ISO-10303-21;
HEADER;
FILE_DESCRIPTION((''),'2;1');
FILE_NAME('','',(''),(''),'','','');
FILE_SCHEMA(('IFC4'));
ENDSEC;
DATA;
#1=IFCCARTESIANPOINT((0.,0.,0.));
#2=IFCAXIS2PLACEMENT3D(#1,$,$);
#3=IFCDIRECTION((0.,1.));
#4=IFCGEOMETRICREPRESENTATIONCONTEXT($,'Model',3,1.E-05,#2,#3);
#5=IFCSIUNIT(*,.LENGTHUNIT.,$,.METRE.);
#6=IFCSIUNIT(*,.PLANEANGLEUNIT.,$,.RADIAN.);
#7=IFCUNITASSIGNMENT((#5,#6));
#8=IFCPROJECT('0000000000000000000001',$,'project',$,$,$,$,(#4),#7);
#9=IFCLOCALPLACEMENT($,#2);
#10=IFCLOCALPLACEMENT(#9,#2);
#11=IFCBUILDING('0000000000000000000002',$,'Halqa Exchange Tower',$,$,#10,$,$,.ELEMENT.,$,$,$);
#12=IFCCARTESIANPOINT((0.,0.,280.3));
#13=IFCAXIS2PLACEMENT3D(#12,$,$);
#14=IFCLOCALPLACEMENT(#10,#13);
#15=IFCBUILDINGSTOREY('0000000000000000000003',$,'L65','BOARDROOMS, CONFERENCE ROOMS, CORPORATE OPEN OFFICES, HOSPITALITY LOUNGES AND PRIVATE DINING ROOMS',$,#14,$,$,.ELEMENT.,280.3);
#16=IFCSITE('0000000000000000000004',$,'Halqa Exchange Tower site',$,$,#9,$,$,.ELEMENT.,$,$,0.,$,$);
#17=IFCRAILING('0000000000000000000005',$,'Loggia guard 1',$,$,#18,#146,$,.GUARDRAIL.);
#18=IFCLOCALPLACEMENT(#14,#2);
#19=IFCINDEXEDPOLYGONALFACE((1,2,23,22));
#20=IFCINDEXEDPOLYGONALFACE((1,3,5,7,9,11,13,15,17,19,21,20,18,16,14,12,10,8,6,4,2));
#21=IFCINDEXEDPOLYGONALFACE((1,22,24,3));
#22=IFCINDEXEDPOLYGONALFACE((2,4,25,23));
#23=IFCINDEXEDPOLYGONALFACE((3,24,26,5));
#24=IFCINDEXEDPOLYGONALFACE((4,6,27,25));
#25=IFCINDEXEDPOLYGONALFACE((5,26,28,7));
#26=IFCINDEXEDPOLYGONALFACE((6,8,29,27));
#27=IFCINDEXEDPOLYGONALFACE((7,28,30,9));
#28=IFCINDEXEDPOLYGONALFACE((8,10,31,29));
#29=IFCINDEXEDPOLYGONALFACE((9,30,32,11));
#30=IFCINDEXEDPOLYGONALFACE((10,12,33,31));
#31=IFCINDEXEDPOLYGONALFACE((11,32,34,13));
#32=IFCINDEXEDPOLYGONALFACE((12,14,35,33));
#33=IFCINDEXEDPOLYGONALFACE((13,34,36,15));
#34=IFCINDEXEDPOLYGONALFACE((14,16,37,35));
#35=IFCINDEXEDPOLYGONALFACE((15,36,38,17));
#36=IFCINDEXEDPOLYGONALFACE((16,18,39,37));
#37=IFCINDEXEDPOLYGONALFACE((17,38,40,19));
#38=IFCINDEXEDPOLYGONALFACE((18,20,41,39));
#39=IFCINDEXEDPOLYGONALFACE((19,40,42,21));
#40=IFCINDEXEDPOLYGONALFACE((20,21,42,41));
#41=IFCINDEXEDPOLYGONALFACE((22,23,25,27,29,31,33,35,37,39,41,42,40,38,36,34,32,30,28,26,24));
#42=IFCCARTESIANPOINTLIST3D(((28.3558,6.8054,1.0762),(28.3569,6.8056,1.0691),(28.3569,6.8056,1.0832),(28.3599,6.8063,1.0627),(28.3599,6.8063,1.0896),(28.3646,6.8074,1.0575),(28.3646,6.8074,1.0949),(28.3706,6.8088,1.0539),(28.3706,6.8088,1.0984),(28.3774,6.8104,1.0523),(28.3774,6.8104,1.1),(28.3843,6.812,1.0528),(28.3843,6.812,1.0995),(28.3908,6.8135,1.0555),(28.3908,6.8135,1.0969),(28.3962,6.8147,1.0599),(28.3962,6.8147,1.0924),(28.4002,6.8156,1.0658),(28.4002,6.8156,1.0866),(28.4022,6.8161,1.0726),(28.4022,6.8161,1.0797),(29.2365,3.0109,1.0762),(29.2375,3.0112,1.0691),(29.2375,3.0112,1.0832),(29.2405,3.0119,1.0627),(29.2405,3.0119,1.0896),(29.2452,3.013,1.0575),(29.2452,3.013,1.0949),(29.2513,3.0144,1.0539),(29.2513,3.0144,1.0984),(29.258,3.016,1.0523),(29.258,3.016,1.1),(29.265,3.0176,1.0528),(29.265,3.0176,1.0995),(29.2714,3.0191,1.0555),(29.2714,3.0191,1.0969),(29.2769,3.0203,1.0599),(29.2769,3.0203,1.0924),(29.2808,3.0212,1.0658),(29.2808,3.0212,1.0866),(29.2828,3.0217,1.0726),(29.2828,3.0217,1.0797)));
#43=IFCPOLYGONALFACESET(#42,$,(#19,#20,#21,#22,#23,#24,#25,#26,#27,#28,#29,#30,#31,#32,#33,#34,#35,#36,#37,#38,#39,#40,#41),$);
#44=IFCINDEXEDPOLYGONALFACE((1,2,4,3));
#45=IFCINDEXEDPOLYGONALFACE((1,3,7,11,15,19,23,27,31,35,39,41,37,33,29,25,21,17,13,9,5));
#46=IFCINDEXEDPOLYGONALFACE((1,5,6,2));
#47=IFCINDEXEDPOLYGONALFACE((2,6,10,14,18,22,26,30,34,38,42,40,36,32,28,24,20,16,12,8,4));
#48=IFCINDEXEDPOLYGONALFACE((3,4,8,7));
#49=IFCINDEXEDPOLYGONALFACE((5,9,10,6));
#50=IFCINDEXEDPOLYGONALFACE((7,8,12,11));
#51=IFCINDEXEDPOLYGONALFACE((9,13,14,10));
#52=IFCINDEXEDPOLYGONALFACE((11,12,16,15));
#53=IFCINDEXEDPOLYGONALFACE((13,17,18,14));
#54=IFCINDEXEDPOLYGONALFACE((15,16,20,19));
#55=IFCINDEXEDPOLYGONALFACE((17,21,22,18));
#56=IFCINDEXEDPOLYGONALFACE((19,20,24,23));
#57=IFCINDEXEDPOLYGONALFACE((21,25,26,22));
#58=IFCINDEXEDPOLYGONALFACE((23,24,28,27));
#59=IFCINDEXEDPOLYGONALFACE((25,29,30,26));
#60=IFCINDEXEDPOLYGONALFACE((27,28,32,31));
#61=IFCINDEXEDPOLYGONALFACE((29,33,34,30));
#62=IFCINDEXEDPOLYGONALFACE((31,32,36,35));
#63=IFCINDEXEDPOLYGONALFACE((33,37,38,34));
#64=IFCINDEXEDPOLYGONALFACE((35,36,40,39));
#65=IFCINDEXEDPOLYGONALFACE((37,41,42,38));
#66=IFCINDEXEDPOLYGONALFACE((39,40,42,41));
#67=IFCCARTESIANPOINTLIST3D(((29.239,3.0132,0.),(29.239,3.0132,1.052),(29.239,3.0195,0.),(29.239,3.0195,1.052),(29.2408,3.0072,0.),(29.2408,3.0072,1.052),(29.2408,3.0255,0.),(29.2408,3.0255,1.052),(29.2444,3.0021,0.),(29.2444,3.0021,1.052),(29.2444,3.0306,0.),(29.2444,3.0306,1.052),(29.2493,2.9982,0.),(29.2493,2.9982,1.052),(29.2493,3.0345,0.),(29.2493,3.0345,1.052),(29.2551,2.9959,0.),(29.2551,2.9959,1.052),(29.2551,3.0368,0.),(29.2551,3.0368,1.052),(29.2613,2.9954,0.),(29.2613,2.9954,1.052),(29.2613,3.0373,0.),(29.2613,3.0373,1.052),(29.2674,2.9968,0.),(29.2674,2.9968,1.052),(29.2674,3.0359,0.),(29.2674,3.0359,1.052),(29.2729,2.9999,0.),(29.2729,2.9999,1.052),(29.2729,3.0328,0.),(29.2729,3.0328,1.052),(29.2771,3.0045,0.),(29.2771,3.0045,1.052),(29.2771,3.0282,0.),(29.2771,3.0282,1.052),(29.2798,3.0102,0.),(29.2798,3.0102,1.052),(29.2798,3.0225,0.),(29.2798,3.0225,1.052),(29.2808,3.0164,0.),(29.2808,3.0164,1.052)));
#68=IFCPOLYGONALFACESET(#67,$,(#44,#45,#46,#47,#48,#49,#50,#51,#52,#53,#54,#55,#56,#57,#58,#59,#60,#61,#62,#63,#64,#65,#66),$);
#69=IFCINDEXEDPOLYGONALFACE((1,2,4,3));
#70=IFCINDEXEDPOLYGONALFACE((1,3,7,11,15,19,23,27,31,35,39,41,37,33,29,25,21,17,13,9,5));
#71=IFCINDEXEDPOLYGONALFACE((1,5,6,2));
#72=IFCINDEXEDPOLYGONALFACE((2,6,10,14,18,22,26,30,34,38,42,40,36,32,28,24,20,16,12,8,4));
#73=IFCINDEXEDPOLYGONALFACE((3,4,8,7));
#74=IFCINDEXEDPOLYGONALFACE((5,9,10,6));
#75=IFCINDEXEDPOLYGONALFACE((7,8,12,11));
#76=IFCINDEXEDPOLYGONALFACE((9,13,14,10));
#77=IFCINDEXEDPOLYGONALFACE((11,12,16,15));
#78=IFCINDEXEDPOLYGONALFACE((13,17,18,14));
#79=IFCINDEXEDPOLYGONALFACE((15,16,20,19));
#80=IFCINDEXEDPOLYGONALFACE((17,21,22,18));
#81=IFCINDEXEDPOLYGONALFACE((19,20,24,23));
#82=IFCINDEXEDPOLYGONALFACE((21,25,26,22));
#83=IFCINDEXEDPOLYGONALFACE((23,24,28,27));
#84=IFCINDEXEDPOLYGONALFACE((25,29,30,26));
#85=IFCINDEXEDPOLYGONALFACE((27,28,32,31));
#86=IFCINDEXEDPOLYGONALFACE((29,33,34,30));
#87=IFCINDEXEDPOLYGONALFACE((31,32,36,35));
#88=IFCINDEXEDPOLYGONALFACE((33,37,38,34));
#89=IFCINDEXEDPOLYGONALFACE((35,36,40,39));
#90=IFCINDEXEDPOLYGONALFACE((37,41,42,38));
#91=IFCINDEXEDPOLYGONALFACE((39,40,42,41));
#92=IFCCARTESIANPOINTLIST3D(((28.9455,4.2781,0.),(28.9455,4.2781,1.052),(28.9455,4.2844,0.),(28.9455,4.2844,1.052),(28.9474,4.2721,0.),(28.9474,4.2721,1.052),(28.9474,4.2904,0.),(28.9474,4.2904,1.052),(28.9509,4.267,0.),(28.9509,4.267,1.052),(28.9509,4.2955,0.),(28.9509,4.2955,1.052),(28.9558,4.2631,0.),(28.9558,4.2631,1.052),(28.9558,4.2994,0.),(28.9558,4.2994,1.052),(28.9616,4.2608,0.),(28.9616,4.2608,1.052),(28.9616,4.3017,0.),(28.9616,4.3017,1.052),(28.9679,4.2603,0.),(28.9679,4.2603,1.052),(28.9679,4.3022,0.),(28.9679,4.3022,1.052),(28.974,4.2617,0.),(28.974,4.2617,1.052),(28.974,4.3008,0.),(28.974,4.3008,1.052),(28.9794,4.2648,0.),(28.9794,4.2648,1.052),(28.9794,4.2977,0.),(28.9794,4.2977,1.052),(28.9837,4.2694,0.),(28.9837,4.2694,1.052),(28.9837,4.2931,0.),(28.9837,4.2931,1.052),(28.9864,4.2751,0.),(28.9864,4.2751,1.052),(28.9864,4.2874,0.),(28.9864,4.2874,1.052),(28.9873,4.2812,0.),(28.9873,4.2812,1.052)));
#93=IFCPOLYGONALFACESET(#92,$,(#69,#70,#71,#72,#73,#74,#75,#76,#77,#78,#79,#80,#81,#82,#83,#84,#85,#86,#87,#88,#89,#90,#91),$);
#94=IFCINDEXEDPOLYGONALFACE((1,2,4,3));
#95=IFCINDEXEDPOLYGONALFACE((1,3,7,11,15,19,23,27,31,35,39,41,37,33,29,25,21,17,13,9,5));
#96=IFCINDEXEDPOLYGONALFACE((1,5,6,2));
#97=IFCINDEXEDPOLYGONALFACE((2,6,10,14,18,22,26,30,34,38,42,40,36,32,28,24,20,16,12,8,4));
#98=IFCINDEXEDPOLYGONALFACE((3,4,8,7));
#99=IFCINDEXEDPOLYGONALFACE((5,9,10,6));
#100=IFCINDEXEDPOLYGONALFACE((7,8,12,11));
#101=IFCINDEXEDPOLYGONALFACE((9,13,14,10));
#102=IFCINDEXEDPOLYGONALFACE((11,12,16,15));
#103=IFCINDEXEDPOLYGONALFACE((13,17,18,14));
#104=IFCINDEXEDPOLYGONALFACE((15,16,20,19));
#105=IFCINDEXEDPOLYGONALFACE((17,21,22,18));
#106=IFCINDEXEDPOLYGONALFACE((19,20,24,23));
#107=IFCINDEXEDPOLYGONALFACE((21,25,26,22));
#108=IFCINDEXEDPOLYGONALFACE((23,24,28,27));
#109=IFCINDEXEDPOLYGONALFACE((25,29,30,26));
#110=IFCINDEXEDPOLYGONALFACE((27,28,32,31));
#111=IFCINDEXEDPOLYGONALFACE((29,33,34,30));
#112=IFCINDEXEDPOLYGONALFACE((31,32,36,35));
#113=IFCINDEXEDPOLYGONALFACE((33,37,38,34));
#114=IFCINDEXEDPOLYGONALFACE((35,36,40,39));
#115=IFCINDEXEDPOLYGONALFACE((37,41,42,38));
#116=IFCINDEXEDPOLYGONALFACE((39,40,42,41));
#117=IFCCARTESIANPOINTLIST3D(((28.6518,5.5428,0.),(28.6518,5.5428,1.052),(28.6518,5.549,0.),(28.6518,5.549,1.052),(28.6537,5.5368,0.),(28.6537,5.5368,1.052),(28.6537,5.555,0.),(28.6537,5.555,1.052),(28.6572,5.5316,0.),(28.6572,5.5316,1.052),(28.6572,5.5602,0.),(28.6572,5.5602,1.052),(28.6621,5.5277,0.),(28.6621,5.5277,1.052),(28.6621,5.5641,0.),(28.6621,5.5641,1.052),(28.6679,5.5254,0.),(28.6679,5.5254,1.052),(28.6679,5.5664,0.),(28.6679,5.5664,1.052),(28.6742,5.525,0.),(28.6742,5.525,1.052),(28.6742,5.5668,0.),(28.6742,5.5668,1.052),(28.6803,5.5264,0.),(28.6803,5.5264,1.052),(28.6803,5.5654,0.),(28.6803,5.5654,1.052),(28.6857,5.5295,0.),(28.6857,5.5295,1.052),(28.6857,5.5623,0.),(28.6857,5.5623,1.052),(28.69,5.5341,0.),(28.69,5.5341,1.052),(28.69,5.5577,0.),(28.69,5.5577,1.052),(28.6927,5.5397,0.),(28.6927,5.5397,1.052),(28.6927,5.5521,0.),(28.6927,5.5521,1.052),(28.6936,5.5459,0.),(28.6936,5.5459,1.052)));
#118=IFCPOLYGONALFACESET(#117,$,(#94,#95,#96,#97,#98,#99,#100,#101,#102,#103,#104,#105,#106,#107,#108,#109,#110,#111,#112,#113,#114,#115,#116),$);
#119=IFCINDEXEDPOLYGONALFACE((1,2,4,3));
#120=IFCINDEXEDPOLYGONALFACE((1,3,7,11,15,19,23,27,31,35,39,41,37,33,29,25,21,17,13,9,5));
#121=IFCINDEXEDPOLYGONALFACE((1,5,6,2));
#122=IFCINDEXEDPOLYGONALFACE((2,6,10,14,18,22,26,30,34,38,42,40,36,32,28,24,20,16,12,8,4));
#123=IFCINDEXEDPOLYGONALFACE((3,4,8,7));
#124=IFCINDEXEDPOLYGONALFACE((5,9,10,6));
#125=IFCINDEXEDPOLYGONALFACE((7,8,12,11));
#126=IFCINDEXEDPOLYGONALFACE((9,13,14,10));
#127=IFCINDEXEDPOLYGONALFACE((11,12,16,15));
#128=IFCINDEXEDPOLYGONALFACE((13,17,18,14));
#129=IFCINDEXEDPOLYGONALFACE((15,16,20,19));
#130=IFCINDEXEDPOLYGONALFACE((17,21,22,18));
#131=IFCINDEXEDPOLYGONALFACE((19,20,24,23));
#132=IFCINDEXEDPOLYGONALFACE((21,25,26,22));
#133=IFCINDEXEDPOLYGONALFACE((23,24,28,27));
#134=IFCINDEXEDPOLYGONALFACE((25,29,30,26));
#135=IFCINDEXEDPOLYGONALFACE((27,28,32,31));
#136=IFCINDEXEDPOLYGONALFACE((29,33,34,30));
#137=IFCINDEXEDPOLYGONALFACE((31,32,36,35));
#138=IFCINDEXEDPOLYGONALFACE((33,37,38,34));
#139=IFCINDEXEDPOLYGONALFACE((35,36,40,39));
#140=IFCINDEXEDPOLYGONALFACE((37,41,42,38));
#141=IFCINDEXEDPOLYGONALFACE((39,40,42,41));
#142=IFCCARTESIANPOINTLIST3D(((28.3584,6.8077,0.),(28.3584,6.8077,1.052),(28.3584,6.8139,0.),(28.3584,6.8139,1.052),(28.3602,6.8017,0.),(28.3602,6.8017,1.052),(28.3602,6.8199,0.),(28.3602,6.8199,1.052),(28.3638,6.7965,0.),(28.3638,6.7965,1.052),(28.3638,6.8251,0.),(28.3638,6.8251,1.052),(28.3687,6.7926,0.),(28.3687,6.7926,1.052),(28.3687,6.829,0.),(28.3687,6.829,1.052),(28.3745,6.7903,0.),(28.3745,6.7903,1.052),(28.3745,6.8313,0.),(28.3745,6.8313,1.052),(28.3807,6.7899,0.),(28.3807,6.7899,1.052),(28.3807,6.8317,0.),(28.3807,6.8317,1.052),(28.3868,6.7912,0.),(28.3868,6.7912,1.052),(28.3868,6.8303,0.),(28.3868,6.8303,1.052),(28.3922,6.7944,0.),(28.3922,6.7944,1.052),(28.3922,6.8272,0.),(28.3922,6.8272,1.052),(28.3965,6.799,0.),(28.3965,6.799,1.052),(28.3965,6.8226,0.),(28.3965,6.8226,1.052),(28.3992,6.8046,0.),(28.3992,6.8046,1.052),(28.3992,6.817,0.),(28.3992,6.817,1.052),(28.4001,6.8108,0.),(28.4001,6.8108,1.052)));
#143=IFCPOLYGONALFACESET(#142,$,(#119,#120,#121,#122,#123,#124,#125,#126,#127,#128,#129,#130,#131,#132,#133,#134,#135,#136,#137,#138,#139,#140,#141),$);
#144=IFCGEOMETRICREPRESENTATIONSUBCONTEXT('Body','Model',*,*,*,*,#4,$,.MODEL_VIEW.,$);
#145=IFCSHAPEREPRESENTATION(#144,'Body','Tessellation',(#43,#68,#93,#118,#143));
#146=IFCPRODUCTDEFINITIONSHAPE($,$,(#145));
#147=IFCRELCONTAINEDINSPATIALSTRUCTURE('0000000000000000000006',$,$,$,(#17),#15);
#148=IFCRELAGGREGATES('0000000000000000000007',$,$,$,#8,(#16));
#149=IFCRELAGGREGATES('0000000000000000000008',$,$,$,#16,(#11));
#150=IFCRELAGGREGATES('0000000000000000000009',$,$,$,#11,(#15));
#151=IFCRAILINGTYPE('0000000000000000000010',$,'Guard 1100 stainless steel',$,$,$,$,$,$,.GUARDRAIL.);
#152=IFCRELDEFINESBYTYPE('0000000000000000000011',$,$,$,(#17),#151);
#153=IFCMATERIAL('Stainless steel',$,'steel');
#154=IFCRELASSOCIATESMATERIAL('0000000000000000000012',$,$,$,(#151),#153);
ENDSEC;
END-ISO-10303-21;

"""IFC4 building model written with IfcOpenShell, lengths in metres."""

from ifc_helpers import new_model, si_unit, direction, frame, origin, origin_2d, place, context, subcontext, project, spatial, circle, extrude, material, type_object, element, save


model = new_model("IFC4")

# Units and contexts
model_context = context("Model", 3, precision=1e-05, world=origin(), true_north=direction((0.0, 1.0)))
body_context = subcontext(model_context, "Body", "Model", "MODEL_VIEW")
ifc_project = project(units=[si_unit("LENGTHUNIT", "METRE"), si_unit("PLANEANGLEUNIT", "RADIAN")], contexts=[model_context])

# Site, building, storey
site_placement = place(None, origin())
site = spatial("IfcSite", under=ifc_project, at=site_placement, Name="Halqa Exchange Tower site", CompositionType="ELEMENT", RefElevation=0.0)
building_placement = place(site_placement, origin())
building = spatial("IfcBuilding", under=site, at=building_placement, Name="Halqa Exchange Tower", CompositionType="ELEMENT")
storey_placement = place(building_placement, frame((0.0, 0.0, 280.3)))
storey = spatial("IfcBuildingStorey", under=building, at=storey_placement, Name="L65", Description="BOARDROOMS, CONFERENCE ROOMS, CORPORATE OPEN OFFICES, HOSPITALITY LOUNGES AND PRIVATE DINING ROOMS", CompositionType="ELEMENT", Elevation=280.3)

# Railing
ifc_material_1 = material(Name="Stainless steel", Category="steel")
railing_type = type_object("IfcRailingType", Name="Guard 1100 stainless steel", PredefinedType="GUARDRAIL", material=ifc_material_1)
railing_1_placement = place(storey_placement, frame((29.2598, 3.0164, 0.0)))
element("IfcRailing", 1, at=railing_1_placement, inside=storey, type_object=railing_type, Name="Loggia guard 1", PredefinedType="GUARDRAIL", context=body_context, shape_type="SweptSolid", body=[
    extrude(circle(Radius=0.0239, at=origin_2d()), frame((0.0, 0.0, 1.0762), z_axis=(-0.226072, 0.974111, 0.0), x_axis=(-0.974111, -0.226072, 0.0)), (0.0, 0.0, 1.0), 3.8953),
    extrude(circle(Radius=0.021, at=origin_2d()), origin(), (0.0, 0.0, 1.0), 1.052),
    extrude(circle(Radius=0.021, at=origin_2d()), frame((-0.2935, 1.2649, 0.0)), (0.0, 0.0, 1.0), 1.052),
    extrude(circle(Radius=0.021, at=origin_2d()), frame((-0.5872, 2.5295, 0.0)), (0.0, 0.0, 1.0), 1.052),
    extrude(circle(Radius=0.021, at=origin_2d()), frame((-0.8806, 3.7944, 0.0)), (0.0, 0.0, 1.0), 1.052),
])

save(model, "model.ifc")
